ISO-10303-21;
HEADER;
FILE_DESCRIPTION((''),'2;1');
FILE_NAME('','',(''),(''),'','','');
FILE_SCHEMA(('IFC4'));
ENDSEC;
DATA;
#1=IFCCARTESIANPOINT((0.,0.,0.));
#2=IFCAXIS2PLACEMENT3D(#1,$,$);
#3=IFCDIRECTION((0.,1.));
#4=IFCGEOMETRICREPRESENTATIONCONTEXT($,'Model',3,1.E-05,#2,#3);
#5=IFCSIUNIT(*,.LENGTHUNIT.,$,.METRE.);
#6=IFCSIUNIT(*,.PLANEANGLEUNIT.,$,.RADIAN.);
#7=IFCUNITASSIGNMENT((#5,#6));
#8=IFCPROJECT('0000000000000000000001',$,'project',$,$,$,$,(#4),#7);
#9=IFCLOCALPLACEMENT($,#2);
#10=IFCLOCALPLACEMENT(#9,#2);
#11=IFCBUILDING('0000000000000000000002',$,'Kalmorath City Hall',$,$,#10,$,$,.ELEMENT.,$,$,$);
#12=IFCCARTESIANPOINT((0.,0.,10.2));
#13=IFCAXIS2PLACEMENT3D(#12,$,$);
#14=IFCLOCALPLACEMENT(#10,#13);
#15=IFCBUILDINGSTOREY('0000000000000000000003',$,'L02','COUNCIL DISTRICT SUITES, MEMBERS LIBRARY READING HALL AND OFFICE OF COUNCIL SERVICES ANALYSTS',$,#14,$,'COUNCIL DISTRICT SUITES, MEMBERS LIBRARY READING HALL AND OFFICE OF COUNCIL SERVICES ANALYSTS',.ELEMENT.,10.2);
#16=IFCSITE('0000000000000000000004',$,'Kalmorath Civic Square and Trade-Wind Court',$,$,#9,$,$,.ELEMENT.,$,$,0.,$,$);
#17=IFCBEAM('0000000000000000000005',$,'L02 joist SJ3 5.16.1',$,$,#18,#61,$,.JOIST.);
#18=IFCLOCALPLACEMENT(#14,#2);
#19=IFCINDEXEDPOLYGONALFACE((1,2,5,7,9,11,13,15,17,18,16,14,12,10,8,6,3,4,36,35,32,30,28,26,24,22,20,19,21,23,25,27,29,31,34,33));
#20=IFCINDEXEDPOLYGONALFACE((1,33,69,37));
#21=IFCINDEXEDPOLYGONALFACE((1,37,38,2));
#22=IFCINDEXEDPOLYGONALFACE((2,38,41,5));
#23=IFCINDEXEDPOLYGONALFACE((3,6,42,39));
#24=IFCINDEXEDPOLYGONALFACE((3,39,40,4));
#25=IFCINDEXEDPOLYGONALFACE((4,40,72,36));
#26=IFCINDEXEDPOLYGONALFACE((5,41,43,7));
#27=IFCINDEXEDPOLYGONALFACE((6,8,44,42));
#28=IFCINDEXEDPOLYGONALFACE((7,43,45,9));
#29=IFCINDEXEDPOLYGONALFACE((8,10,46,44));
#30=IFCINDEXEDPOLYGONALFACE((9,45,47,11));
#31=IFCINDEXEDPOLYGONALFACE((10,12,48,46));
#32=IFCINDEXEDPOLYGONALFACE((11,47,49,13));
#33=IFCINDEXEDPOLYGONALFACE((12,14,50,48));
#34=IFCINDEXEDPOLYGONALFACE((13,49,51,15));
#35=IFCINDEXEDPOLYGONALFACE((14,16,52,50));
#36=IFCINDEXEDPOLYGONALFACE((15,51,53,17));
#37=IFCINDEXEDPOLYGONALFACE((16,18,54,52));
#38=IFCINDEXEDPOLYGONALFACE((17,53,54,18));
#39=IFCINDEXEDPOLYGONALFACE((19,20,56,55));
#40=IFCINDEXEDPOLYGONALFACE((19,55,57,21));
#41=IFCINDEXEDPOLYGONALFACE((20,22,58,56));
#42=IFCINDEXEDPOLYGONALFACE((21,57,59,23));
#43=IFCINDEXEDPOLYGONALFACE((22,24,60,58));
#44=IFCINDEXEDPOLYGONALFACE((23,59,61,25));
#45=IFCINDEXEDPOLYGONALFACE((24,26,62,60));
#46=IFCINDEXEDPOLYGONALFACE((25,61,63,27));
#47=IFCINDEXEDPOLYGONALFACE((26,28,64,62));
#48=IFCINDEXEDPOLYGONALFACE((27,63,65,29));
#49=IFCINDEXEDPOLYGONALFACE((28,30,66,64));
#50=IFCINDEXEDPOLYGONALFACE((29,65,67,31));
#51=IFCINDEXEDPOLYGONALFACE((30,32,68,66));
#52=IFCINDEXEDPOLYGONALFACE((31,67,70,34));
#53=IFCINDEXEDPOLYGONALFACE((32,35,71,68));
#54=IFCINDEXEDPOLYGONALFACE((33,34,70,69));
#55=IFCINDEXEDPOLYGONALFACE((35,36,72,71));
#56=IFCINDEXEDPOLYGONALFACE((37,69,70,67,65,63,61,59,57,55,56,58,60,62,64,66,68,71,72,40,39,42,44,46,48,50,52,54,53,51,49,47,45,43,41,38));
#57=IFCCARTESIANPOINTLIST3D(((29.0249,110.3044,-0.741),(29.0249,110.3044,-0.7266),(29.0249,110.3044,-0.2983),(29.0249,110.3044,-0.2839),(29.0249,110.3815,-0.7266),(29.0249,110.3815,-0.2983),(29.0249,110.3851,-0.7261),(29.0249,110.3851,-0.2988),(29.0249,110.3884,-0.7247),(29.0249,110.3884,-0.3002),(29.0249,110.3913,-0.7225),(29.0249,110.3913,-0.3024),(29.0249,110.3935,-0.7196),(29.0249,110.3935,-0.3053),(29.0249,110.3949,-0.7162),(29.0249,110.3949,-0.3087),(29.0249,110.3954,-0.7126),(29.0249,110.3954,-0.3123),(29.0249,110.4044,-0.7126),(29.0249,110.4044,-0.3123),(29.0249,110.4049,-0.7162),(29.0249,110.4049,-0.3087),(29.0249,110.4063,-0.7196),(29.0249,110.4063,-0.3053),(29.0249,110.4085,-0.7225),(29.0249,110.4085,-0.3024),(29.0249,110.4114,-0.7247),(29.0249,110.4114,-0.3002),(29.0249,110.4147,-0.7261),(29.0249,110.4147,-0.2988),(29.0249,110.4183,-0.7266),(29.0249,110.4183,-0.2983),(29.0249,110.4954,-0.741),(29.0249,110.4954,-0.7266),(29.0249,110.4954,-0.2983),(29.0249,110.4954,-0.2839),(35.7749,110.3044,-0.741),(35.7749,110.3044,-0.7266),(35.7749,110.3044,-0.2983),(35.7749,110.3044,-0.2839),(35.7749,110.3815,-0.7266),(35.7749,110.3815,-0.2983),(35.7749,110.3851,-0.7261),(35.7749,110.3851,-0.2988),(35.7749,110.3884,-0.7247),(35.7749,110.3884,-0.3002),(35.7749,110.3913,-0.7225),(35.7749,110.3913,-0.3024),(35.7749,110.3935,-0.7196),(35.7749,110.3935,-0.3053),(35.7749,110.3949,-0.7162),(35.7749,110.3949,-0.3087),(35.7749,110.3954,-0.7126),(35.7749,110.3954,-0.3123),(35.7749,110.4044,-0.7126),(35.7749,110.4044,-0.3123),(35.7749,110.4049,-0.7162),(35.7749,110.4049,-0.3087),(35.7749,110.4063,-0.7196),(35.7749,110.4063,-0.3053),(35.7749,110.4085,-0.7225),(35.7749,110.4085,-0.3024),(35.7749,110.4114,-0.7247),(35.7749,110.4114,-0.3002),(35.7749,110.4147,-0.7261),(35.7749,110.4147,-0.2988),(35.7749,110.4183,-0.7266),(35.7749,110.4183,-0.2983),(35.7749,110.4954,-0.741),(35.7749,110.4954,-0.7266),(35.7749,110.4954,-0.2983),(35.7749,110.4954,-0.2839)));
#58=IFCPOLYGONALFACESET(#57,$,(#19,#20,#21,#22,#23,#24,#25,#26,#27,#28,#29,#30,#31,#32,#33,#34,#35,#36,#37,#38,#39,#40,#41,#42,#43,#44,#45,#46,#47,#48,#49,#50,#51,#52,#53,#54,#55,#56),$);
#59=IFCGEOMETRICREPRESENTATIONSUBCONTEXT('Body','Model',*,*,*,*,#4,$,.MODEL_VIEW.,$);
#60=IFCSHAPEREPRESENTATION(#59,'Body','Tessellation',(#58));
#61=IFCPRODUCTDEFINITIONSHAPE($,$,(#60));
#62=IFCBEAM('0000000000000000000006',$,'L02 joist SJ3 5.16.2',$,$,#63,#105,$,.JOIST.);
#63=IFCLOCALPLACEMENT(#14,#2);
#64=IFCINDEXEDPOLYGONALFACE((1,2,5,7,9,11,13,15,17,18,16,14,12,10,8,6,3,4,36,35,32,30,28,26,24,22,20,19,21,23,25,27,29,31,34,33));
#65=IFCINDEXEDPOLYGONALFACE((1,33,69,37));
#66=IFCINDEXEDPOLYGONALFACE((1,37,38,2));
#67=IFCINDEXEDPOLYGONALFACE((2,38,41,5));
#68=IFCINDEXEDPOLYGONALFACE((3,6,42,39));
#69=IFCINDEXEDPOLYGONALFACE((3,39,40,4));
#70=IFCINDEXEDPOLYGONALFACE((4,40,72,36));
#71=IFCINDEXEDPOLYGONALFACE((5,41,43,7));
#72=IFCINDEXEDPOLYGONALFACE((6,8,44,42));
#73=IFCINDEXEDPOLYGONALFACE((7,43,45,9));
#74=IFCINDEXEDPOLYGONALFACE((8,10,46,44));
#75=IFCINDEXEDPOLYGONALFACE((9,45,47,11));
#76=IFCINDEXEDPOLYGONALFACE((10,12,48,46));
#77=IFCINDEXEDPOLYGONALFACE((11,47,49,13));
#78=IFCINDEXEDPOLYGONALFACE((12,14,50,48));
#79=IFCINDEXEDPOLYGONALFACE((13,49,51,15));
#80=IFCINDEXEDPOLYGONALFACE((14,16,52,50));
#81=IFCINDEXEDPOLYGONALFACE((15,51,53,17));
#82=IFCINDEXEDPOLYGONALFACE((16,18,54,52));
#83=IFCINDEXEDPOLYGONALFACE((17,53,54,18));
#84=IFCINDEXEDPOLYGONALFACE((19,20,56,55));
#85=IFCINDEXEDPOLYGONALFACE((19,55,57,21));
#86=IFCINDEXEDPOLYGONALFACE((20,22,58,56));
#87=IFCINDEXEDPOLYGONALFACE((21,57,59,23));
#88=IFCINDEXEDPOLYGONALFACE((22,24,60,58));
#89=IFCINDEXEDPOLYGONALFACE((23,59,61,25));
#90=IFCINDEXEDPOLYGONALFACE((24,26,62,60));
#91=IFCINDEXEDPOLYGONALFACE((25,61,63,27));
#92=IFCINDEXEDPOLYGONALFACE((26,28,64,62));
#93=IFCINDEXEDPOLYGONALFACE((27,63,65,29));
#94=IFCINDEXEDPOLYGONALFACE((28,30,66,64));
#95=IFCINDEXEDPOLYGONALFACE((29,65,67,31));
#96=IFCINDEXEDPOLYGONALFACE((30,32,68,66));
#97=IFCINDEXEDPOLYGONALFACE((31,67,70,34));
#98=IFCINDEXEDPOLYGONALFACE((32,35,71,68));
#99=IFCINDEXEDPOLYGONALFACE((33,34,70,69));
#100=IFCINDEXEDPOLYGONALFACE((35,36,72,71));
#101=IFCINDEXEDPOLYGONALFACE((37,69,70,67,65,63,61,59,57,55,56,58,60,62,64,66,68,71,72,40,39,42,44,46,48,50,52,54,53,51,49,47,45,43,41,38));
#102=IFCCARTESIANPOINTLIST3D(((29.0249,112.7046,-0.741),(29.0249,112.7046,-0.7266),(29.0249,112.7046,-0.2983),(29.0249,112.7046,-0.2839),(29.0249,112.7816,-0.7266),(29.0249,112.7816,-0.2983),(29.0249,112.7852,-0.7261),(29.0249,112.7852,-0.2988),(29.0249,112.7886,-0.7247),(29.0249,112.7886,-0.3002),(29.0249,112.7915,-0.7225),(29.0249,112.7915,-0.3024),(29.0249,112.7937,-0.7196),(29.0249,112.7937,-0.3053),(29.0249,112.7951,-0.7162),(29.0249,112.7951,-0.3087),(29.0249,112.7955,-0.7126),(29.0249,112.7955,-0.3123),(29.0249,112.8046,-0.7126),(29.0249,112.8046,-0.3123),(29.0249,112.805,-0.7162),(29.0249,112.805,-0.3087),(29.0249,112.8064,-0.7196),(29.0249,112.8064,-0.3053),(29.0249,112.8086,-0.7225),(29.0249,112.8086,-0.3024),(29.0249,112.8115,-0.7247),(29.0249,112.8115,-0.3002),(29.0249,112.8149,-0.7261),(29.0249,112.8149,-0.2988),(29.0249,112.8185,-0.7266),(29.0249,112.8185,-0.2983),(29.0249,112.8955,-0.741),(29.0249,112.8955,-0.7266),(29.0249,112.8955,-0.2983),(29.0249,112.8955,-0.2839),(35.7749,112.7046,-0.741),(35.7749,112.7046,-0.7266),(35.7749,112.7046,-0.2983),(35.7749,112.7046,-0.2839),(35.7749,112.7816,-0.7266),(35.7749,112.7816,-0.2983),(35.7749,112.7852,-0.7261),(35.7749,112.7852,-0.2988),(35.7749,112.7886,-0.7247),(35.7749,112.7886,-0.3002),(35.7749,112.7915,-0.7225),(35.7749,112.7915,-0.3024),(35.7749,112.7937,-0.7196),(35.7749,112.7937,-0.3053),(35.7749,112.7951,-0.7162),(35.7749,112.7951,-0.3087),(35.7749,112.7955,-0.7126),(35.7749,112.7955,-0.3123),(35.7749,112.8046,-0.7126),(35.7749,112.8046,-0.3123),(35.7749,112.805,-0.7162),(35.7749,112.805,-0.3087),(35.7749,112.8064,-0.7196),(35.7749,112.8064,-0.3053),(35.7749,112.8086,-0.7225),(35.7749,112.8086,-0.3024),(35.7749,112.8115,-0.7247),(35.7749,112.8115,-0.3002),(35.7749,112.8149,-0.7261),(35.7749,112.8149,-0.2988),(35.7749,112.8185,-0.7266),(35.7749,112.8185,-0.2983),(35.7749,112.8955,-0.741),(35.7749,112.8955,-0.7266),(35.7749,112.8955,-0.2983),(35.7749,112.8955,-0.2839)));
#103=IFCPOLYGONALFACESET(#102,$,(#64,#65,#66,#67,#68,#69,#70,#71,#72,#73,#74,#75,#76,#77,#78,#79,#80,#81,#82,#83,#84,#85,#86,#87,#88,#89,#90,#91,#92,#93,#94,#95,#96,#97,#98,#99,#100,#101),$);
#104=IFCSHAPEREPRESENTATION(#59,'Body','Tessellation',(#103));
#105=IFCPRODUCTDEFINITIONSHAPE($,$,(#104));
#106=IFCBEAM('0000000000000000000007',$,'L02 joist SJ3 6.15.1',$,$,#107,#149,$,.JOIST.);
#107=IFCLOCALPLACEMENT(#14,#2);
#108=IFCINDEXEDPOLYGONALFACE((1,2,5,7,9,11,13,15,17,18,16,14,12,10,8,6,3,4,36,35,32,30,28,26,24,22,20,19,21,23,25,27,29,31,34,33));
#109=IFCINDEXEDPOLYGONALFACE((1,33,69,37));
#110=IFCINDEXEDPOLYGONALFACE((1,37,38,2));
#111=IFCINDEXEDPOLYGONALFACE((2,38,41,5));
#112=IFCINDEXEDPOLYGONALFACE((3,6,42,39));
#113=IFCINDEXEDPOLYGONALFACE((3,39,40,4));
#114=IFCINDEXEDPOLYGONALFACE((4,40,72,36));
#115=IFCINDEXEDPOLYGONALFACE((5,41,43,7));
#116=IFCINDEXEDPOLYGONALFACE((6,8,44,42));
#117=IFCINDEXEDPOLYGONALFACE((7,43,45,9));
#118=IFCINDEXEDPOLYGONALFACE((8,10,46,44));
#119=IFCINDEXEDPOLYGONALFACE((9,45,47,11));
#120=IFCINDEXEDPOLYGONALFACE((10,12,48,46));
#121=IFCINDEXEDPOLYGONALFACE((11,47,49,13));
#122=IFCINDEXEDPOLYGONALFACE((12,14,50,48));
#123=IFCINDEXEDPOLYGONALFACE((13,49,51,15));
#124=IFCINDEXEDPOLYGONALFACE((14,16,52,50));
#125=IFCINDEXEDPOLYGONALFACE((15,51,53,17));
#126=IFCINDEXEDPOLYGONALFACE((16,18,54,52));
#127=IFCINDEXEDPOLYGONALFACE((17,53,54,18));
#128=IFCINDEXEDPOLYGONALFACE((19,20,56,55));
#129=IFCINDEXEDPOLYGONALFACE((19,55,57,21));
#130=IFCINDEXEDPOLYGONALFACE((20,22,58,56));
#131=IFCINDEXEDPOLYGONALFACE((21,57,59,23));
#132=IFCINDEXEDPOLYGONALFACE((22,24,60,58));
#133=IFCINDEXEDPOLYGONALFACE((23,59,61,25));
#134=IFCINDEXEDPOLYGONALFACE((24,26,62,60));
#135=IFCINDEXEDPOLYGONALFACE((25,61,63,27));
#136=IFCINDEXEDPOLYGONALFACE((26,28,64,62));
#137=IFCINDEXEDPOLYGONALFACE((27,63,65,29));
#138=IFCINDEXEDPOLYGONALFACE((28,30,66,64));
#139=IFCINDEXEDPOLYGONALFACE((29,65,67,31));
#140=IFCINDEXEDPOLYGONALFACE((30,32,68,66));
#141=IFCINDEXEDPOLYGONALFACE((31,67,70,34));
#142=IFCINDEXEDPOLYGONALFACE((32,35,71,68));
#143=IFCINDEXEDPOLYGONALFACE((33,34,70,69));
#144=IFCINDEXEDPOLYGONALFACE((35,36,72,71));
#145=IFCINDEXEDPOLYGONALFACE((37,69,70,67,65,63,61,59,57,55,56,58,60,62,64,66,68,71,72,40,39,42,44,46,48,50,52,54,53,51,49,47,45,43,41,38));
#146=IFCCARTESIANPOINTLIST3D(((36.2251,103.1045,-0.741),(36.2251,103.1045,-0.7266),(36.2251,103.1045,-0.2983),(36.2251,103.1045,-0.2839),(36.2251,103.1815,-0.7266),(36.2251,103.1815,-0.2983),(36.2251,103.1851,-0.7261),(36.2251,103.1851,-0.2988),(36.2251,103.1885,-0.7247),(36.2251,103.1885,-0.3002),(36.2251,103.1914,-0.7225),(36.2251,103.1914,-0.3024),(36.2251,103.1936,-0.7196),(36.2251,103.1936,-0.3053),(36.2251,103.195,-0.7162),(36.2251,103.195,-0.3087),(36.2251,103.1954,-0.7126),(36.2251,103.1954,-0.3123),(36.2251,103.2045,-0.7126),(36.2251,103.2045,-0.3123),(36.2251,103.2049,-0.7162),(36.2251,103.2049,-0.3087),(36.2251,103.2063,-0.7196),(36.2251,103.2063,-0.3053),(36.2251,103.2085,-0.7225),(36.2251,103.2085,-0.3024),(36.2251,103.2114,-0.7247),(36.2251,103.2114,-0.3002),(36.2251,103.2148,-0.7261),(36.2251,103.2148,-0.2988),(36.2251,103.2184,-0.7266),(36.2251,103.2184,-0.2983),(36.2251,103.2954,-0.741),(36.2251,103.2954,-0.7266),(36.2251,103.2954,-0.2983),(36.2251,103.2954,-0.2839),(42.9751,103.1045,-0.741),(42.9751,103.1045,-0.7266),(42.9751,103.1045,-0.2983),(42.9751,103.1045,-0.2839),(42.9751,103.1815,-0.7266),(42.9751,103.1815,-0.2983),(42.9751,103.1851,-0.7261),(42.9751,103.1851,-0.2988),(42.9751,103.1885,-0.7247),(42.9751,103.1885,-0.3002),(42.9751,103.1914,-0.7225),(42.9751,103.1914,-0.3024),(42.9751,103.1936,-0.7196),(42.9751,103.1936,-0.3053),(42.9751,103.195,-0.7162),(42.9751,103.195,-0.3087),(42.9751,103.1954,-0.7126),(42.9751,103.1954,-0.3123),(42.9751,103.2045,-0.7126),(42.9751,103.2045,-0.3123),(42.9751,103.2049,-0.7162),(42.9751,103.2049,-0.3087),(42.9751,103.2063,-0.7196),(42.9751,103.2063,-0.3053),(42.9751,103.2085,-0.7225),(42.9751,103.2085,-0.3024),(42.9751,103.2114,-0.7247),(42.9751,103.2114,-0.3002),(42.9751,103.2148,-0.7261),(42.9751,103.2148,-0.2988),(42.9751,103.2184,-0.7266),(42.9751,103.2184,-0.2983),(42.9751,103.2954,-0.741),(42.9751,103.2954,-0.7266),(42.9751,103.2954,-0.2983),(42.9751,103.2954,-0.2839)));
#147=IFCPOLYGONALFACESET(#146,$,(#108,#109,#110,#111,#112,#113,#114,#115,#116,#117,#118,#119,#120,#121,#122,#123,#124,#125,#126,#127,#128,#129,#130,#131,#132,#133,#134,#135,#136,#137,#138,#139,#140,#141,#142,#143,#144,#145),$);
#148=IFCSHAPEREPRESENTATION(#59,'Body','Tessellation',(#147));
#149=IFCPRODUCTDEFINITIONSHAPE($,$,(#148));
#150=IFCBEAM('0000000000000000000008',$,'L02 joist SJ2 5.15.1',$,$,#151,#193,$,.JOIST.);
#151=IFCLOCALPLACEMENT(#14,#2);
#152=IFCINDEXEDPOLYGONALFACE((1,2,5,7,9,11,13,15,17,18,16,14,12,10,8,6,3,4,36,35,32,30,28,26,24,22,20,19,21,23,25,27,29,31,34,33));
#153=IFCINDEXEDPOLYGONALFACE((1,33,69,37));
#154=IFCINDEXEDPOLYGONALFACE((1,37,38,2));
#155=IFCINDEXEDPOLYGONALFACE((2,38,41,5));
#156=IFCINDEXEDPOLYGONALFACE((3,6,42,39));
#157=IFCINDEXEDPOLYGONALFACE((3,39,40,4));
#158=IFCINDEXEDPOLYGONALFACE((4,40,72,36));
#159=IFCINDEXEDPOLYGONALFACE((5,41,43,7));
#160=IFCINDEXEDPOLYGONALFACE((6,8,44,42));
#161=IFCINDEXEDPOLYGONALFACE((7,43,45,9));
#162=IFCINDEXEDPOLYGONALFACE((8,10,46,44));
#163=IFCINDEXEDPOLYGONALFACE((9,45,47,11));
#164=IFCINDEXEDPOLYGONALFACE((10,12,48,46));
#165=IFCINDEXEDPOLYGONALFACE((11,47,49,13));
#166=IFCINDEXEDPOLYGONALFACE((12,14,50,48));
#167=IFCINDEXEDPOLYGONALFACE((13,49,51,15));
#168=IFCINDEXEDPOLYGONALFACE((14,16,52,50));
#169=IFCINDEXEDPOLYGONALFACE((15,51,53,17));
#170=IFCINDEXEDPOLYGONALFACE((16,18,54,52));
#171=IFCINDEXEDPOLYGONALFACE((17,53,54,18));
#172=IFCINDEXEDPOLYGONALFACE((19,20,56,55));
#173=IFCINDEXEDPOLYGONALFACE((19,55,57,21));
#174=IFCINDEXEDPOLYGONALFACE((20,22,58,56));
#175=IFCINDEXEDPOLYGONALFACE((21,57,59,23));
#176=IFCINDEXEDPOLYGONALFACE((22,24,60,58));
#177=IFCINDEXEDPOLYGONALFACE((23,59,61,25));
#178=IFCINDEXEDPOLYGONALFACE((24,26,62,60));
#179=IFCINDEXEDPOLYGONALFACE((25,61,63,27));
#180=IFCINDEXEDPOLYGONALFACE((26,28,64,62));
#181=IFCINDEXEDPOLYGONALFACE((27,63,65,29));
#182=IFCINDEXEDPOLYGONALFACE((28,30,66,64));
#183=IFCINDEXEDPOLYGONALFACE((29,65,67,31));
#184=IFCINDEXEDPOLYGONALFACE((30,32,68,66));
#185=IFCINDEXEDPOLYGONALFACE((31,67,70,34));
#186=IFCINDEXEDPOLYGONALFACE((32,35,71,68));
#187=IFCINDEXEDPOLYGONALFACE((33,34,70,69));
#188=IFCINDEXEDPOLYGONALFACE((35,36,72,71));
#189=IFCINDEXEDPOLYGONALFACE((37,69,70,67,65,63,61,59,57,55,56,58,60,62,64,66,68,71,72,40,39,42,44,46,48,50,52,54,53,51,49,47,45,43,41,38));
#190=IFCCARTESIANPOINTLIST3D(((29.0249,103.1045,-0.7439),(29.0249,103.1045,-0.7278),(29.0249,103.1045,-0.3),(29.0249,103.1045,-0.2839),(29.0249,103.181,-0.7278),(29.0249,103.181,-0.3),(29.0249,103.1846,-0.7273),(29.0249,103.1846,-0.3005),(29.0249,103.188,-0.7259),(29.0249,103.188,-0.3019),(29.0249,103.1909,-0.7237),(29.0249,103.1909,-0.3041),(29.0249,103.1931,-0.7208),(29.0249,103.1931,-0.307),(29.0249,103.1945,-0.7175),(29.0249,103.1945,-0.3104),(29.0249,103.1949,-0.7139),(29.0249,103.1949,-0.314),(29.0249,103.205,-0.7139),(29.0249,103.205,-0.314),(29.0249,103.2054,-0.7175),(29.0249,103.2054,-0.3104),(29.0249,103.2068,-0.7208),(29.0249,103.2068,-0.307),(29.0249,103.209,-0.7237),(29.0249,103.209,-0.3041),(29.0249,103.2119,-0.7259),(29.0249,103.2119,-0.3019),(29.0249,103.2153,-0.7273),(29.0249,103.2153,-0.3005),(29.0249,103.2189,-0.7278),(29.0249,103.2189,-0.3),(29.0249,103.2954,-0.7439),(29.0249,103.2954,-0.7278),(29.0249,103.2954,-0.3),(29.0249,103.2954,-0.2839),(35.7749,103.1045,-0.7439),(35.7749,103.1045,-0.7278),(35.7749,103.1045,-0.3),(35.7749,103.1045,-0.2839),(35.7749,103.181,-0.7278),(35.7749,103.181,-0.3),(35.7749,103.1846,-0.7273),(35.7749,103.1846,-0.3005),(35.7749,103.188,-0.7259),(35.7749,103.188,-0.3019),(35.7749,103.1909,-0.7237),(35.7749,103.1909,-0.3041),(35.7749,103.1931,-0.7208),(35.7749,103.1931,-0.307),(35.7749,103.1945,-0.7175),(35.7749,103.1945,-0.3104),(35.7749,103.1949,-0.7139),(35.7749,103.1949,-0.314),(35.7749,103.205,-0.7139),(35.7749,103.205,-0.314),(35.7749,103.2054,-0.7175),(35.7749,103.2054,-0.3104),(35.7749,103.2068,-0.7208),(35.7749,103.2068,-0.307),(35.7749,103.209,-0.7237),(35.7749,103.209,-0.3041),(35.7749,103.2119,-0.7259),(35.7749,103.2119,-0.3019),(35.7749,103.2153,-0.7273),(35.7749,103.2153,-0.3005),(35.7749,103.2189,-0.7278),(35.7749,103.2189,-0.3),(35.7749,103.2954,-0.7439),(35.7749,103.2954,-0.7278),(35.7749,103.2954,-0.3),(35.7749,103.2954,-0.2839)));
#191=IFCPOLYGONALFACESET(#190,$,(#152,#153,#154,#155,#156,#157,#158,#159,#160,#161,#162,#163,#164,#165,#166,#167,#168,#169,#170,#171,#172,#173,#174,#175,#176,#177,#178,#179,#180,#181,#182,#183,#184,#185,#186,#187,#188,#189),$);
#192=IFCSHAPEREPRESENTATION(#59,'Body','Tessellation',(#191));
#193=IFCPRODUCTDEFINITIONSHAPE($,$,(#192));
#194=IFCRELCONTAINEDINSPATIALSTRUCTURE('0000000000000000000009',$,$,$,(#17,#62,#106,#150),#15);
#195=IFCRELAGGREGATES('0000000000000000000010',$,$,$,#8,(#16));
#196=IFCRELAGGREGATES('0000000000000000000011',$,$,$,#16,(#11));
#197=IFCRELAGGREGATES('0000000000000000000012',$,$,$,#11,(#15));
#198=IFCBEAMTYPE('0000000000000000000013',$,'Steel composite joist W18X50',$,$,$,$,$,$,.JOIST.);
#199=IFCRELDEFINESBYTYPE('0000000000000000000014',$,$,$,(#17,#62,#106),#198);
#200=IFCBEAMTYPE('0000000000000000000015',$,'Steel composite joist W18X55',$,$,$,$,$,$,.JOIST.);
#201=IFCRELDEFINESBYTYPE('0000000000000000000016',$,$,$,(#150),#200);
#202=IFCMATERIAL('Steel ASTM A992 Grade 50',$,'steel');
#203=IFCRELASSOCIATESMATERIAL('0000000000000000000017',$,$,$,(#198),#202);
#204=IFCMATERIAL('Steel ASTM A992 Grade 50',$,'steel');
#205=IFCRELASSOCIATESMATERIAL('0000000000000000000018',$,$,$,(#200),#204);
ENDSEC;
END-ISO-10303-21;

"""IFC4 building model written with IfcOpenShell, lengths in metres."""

from ifc_helpers import new_model, si_unit, direction, frame, origin, origin_2d, place, context, subcontext, project, spatial, i_section, extrude, material, material_profile, profile_set, type_object, element, save


model = new_model("IFC4")

# Units and contexts
model_context = context("Model", 3, precision=1e-05, world=origin(), true_north=direction((0.0, 1.0)))
body_context = subcontext(model_context, "Body", "Model", "MODEL_VIEW")
ifc_project = project(units=[si_unit("LENGTHUNIT", "METRE"), si_unit("PLANEANGLEUNIT", "RADIAN")], contexts=[model_context])

# Site, building, storey
site_placement = place(None, origin())
site = spatial("IfcSite", under=ifc_project, at=site_placement, Name="Kalmorath Civic Square and Trade-Wind Court", CompositionType="ELEMENT", RefElevation=0.0)
building_placement = place(site_placement, origin())
building = spatial("IfcBuilding", under=site, at=building_placement, Name="Kalmorath City Hall", CompositionType="ELEMENT")
storey_placement = place(building_placement, frame((0.0, 0.0, 10.2)))
storey = spatial("IfcBuildingStorey", under=building, at=storey_placement, Name="L02", Description="COUNCIL DISTRICT SUITES, MEMBERS LIBRARY READING HALL AND OFFICE OF COUNCIL SERVICES ANALYSTS", LongName="COUNCIL DISTRICT SUITES, MEMBERS LIBRARY READING HALL AND OFFICE OF COUNCIL SERVICES ANALYSTS", CompositionType="ELEMENT", Elevation=10.2)

# Beams
ifc_material_1 = material(Name="Steel ASTM A992 Grade 50", Category="steel")
ifc_material_profile_1 = material_profile(ifc_material_1, i_section(OverallWidth=0.1909, OverallDepth=0.457, WebThickness=0.009, FlangeThickness=0.0144, FilletRadius=0.0139, at=origin_2d()), Name="W18X50")
ifc_profile_set_1 = profile_set([ifc_material_profile_1], Name="Steel ASTM A992 Grade 50")
beam_type_1 = type_object("IfcBeamType", Name="Steel composite joist W18X50", PredefinedType="JOIST", material=ifc_profile_set_1)
for number, where, z_axis, x_axis, name in (
    (1, (29.0249, 110.3999, -0.5125), (1.0, 0.0, 0.0), (0.0, 1.0, 0.0), "L02 joist SJ3 5.16.1"),
    (2, (29.0249, 112.8, -0.5125), (1.0, 0.0, 0.0), (0.0, 1.0, 0.0), "L02 joist SJ3 5.16.2"),
    (3, (36.2251, 103.2, -0.5125), (1.0, 0.0, 0.0), (0.0, 1.0, 0.0), "L02 joist SJ3 6.15.1"),
):
    element("IfcBeam", number, at=place(storey_placement, frame(where, z_axis=z_axis, x_axis=x_axis)), inside=storey, type_object=beam_type_1, Name=name, PredefinedType="JOIST", context=body_context, shape_type="SweptSolid", body=[
        extrude(i_section(OverallWidth=0.1909, OverallDepth=0.457, WebThickness=0.009, FlangeThickness=0.0144, FilletRadius=0.0139, at=origin_2d()), origin(), (0.0, 0.0, 1.0), 6.75),
    ])
ifc_material_2 = material(Name="Steel ASTM A992 Grade 50", Category="steel")
ifc_material_profile_2 = material_profile(ifc_material_2, i_section(OverallWidth=0.1909, OverallDepth=0.46, WebThickness=0.01, FlangeThickness=0.0161, FilletRadius=0.0139, at=origin_2d()), Name="W18X55")
ifc_profile_set_2 = profile_set([ifc_material_profile_2], Name="Steel ASTM A992 Grade 50")
beam_type_2 = type_object("IfcBeamType", Name="Steel composite joist W18X55", PredefinedType="JOIST", material=ifc_profile_set_2)
for number, where, z_axis, x_axis, name in (
    (4, (29.0249, 103.2, -0.5139), (1.0, 0.0, 0.0), (0.0, 1.0, 0.0), "L02 joist SJ2 5.15.1"),
):
    element("IfcBeam", number, at=place(storey_placement, frame(where, z_axis=z_axis, x_axis=x_axis)), inside=storey, type_object=beam_type_2, Name=name, PredefinedType="JOIST", context=body_context, shape_type="SweptSolid", body=[
        extrude(i_section(OverallWidth=0.1909, OverallDepth=0.46, WebThickness=0.01, FlangeThickness=0.0161, FilletRadius=0.0139, at=origin_2d()), origin(), (0.0, 0.0, 1.0), 6.75),
    ])

save(model, "model.ifc")
